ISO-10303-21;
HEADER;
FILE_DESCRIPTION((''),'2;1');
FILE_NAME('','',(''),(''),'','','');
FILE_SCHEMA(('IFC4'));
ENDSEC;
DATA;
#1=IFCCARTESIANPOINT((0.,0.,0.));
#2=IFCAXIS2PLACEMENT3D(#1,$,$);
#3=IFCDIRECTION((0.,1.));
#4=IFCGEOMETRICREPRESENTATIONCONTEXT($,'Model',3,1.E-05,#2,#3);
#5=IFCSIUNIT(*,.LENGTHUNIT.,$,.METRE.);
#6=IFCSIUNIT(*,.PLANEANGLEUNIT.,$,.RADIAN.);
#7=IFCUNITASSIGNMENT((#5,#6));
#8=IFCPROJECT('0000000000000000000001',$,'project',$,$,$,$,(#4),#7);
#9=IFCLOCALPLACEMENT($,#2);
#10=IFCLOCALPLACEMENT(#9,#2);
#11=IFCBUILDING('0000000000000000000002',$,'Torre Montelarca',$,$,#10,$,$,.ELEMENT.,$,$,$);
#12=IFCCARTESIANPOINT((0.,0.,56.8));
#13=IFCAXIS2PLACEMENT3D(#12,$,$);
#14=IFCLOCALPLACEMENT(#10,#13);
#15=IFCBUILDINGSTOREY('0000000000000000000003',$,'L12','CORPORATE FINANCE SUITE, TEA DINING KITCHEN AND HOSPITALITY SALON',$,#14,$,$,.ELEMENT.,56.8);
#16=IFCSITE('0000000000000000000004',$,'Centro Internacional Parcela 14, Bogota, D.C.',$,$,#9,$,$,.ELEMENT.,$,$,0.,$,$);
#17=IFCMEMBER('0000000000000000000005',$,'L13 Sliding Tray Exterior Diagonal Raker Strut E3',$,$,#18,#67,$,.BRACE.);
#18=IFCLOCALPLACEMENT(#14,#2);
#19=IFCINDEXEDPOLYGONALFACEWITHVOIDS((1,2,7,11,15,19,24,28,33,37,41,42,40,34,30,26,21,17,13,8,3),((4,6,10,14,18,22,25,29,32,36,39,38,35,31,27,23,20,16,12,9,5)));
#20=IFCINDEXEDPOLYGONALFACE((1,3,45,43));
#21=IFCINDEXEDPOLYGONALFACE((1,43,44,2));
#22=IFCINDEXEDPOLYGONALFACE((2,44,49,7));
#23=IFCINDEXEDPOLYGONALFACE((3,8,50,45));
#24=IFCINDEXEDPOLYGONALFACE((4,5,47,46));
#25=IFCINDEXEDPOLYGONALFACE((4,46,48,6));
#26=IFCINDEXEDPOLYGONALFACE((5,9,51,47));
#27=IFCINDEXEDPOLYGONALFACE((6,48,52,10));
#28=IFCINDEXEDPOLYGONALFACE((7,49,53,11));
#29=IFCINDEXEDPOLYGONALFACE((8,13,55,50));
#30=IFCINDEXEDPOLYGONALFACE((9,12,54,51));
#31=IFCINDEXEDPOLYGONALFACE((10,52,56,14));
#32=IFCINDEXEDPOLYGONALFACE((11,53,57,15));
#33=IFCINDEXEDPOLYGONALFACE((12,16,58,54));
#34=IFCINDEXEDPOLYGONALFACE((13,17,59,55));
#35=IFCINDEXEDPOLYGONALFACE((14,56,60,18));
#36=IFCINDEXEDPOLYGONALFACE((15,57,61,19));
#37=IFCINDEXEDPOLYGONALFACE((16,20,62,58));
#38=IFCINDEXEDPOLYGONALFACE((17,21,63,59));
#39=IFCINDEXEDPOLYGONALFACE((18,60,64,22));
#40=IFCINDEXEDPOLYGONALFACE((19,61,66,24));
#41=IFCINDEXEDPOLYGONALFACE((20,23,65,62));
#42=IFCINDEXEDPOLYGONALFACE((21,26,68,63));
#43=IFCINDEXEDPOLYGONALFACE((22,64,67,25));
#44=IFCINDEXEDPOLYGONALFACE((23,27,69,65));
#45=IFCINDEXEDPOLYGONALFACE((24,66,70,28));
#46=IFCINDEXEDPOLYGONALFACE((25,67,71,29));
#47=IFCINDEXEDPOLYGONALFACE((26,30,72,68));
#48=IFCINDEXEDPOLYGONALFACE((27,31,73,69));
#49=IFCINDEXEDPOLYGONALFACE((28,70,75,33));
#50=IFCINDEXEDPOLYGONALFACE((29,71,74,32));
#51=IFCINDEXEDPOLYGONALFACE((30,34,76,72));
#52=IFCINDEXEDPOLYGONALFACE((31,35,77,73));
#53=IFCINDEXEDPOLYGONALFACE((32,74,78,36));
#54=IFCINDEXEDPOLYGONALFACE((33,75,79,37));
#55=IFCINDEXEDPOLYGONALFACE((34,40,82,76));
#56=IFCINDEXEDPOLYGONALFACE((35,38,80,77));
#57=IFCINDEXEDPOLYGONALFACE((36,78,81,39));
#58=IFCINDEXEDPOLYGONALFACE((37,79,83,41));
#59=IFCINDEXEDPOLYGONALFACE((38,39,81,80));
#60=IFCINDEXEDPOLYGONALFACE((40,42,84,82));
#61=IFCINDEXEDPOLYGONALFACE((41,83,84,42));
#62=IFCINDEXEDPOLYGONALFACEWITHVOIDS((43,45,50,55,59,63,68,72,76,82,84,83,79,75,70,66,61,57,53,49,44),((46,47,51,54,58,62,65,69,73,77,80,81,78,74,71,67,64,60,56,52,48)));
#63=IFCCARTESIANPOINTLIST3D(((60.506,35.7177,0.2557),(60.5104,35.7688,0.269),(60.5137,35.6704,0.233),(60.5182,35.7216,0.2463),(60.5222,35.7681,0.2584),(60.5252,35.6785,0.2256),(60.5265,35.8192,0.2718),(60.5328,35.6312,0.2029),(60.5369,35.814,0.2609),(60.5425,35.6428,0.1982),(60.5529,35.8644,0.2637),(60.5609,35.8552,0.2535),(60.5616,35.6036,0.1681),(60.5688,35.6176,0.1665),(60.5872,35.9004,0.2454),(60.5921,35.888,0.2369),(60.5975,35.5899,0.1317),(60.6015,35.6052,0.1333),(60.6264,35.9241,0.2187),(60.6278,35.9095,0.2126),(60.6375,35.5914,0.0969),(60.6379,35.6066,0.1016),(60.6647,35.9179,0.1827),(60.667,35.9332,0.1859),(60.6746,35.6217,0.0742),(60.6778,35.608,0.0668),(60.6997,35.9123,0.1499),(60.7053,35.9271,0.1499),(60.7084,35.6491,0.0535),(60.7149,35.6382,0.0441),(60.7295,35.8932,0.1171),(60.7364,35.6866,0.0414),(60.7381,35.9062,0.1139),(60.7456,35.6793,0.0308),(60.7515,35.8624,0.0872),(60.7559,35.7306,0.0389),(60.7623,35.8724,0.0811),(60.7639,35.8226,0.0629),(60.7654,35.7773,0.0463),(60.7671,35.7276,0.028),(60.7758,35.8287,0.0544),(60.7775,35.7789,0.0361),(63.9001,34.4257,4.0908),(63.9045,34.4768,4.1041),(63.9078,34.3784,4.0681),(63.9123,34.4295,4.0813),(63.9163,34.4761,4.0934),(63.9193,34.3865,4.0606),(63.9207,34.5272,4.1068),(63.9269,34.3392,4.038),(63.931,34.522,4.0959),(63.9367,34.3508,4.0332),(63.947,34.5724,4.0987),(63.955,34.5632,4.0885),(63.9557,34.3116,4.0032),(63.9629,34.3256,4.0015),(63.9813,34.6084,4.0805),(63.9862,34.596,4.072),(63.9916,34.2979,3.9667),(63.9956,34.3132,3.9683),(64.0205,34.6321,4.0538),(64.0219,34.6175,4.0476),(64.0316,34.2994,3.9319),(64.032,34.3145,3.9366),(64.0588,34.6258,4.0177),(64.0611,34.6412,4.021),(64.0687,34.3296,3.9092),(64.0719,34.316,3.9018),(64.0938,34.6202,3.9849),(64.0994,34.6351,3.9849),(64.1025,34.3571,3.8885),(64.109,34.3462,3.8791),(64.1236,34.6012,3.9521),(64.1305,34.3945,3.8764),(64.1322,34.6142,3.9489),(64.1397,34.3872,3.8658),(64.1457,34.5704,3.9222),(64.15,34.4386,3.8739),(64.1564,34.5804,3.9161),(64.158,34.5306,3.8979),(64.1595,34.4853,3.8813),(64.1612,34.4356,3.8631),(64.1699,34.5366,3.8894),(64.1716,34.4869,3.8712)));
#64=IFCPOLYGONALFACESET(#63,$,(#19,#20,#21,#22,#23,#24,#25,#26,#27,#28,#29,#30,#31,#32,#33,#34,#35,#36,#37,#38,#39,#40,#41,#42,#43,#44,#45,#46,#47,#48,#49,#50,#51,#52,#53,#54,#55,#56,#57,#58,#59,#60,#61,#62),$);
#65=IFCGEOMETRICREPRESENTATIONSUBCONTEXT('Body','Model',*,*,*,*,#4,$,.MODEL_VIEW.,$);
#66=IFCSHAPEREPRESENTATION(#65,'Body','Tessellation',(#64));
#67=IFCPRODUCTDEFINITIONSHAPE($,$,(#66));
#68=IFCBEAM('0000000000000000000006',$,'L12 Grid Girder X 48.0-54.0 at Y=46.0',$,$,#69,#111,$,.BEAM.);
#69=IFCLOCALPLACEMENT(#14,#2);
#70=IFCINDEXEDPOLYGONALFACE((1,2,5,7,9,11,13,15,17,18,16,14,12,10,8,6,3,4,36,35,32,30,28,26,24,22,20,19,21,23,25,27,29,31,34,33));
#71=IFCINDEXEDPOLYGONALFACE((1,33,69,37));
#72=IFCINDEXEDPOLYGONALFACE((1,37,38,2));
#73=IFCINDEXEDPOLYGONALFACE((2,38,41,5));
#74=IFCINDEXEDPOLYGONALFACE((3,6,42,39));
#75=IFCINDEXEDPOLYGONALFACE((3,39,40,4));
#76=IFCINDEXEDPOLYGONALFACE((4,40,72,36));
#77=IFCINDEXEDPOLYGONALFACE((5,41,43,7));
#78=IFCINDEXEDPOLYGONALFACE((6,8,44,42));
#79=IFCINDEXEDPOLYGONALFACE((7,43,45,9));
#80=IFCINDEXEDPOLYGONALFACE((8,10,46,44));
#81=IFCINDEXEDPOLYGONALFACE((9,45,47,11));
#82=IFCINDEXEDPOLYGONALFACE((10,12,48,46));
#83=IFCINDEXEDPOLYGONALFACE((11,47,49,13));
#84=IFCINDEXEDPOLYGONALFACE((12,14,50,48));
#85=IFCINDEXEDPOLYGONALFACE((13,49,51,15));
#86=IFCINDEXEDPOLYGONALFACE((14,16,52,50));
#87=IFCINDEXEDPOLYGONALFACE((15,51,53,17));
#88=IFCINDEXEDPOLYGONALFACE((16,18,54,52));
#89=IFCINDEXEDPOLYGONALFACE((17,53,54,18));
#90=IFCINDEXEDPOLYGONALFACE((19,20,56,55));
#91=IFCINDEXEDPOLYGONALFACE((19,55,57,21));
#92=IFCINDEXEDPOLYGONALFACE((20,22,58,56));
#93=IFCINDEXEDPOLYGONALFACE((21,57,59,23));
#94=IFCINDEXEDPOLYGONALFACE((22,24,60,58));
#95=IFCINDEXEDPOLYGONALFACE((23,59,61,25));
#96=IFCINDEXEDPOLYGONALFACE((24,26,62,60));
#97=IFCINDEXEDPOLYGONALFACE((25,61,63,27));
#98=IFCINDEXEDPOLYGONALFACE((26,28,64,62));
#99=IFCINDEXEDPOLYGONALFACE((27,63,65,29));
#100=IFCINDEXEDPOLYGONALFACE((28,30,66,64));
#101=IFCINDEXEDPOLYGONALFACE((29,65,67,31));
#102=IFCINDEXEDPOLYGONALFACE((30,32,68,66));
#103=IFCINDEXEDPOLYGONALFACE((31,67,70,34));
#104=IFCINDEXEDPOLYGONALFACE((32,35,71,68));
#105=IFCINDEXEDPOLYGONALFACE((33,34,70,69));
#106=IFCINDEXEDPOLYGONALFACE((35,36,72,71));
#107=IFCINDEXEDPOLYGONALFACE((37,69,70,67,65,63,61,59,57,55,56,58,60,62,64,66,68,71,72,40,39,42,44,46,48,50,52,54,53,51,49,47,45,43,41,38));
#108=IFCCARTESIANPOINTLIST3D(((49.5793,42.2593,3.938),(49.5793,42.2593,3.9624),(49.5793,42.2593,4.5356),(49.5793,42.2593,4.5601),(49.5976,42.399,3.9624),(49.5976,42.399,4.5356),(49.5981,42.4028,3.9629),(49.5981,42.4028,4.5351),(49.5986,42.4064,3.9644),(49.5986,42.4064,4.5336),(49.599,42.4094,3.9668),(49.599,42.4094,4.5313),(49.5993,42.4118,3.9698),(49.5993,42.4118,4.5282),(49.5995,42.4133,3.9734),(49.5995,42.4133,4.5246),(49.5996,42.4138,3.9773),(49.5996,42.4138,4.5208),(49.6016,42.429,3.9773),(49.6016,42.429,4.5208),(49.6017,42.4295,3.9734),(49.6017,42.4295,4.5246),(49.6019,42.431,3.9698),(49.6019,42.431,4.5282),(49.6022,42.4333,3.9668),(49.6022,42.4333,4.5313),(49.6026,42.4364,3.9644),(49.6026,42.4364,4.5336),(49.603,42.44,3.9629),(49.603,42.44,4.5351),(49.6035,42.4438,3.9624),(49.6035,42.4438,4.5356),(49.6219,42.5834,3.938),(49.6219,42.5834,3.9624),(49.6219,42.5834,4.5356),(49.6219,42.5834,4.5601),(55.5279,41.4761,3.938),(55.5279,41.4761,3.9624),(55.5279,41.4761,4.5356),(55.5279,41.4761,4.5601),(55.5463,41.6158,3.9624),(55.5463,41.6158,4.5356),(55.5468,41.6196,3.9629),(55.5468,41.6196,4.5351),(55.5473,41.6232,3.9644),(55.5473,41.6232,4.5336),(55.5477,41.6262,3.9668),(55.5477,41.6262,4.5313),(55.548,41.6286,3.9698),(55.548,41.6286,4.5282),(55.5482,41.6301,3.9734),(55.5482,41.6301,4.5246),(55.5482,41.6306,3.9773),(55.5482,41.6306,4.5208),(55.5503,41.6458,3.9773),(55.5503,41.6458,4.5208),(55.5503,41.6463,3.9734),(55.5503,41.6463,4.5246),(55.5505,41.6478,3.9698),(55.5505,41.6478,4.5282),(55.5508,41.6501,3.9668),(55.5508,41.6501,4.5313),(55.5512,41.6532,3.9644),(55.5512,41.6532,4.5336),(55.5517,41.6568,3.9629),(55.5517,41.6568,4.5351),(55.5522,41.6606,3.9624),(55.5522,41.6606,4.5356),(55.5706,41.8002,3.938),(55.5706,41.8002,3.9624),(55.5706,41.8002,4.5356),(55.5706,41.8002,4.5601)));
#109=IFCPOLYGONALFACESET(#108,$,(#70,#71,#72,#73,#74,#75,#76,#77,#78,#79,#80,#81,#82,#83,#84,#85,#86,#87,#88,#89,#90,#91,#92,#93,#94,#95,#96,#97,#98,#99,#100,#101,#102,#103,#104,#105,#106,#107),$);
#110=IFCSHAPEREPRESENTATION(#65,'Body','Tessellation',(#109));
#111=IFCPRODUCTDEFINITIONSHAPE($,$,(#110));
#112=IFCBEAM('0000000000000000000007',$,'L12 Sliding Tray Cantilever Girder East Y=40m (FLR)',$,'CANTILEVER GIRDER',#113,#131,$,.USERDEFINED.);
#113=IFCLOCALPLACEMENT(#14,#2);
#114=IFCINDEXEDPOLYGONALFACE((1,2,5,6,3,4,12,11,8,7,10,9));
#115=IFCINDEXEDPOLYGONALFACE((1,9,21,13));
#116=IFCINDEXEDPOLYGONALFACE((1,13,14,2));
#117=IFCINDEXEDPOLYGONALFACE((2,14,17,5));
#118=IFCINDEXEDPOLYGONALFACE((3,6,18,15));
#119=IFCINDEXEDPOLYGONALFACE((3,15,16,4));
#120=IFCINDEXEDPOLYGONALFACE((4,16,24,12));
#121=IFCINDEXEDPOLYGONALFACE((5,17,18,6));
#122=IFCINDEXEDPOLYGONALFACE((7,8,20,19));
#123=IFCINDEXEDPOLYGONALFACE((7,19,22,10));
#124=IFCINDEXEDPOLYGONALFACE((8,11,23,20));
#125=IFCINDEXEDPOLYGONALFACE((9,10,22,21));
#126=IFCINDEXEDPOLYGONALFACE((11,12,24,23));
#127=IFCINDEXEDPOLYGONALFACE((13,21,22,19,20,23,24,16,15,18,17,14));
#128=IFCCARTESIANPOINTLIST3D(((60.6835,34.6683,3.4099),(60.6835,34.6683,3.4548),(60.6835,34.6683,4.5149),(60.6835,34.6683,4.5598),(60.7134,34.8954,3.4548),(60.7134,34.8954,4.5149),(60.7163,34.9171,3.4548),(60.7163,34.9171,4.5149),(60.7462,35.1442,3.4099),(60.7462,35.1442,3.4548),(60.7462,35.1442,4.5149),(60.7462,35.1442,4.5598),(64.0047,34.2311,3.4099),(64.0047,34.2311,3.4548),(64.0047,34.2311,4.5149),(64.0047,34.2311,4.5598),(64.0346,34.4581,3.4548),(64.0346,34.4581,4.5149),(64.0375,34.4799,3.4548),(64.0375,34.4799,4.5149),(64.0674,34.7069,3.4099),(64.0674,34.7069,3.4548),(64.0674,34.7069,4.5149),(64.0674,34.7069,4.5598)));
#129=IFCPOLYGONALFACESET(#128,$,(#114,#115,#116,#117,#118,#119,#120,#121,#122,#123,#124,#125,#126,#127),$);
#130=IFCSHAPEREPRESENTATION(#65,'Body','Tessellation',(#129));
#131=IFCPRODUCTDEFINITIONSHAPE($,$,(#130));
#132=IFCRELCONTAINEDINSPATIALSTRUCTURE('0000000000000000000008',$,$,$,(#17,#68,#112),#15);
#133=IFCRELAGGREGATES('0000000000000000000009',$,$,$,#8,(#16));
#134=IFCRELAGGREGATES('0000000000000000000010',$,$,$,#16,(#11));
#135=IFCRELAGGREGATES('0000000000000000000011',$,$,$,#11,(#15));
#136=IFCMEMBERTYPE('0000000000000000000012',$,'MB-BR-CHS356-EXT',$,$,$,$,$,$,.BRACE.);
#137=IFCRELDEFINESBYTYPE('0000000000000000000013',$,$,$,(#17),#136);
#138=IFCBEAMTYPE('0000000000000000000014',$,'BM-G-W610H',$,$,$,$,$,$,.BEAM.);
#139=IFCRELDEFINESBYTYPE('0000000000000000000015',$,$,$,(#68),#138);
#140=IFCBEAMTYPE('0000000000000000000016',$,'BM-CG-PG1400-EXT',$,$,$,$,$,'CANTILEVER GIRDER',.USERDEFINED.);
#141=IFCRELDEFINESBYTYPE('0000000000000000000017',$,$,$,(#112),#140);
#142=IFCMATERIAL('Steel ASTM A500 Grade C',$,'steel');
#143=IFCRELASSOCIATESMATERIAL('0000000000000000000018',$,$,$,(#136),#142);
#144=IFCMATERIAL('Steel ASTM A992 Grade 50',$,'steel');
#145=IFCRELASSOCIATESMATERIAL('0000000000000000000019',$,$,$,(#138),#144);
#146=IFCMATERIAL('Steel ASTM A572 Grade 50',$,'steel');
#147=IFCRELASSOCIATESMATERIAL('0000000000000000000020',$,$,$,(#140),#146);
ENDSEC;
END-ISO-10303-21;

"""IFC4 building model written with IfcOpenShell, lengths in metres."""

from ifc_helpers import new_model, si_unit, direction, frame, origin, origin_2d, place, context, subcontext, project, spatial, hollow_circle, i_section, extrude, source, transform, mapped, material, material_profile, profile_set, type_object, element, save


model = new_model("IFC4")

# Units and contexts
model_context = context("Model", 3, precision=1e-05, world=origin(), true_north=direction((0.0, 1.0)))
body_context = subcontext(model_context, "Body", "Model", "MODEL_VIEW")
ifc_project = project(units=[si_unit("LENGTHUNIT", "METRE"), si_unit("PLANEANGLEUNIT", "RADIAN")], contexts=[model_context])

# Site, building, storey
site_placement = place(None, origin())
site = spatial("IfcSite", under=ifc_project, at=site_placement, Name="Centro Internacional Parcela 14, Bogota, D.C.", CompositionType="ELEMENT", RefElevation=0.0)
building_placement = place(site_placement, origin())
building = spatial("IfcBuilding", under=site, at=building_placement, Name="Torre Montelarca", CompositionType="ELEMENT")
storey_placement = place(building_placement, frame((0.0, 0.0, 56.8)))
storey = spatial("IfcBuildingStorey", under=building, at=storey_placement, Name="L12", Description="CORPORATE FINANCE SUITE, TEA DINING KITCHEN AND HOSPITALITY SALON", CompositionType="ELEMENT", Elevation=56.8)

# Shared definitions
ifc_material_1 = material(Name="Steel ASTM A992 Grade 50", Category="steel")

# Member
ifc_material_2 = material(Name="Steel ASTM A500 Grade C", Category="steel")
ifc_material_profile_1 = material_profile(ifc_material_2, hollow_circle(Radius=0.1777, WallThickness=0.0159, at=origin_2d()), Name="HSS355.6X15.9", Category="steel")
ifc_profile_set_1 = profile_set([ifc_material_profile_1], Name="Steel ASTM A500 Grade C")
member_type_1 = type_object("IfcMemberType", Name="MB-BR-CHS356-EXT", PredefinedType="BRACE", material=ifc_profile_set_1)
shared_shape_1 = source(origin(), body_context, "Body", "SweptSolid", [
    extrude(hollow_circle(Radius=0.1777, WallThickness=0.0159, at=origin_2d()), origin(), (0.0, 0.0, 1.0), 5.2817),
])
member_1_placement = place(storey_placement, frame((60.6421, 35.761, 0.1499), z_axis=(0.642612, -0.24462, 0.726093), x_axis=(0.35576, 0.934577, 0.0)))
element("IfcMember", 1, at=member_1_placement, inside=storey, type_object=member_type_1, Name="L13 Sliding Tray Exterior Diagonal Raker Strut E3", PredefinedType="BRACE", context=body_context, shape_type="MappedRepresentation", body=[
    mapped(shared_shape_1, transform((0.0, 0.0, 0.0), scale=1.0)),
])

# Beams
ifc_material_profile_2 = material_profile(ifc_material_1, i_section(OverallWidth=0.3269, OverallDepth=0.6221, WebThickness=0.0154, FlangeThickness=0.0244, FilletRadius=0.0149, at=origin_2d()), Name="W610X195", Category="steel")
ifc_profile_set_2 = profile_set([ifc_material_profile_2], Name="Steel ASTM A992 Grade 50")
beam_type_1 = type_object("IfcBeamType", Name="BM-G-W610H", PredefinedType="BEAM", material=ifc_profile_set_2)
shared_shape_2 = source(origin(), body_context, "Body", "SweptSolid", [
    extrude(i_section(OverallWidth=0.3269, OverallDepth=0.6221, WebThickness=0.0154, FlangeThickness=0.0244, FilletRadius=0.0149, at=origin_2d()), origin(), (0.0, 0.0, 1.0), 6.0),
])
beam_1_placement = place(storey_placement, frame((49.6006, 42.4214, 4.249), z_axis=(0.991444, -0.130532, 0.0), x_axis=(0.130532, 0.991444, 0.0)))
element("IfcBeam", 2, at=beam_1_placement, inside=storey, type_object=beam_type_1, Name="L12 Grid Girder X 48.0-54.0 at Y=46.0", PredefinedType="BEAM", context=body_context, shape_type="MappedRepresentation", body=[
    mapped(shared_shape_2, transform((0.0, 0.0, 0.0), scale=1.0)),
])
ifc_material_3 = material(Name="Steel ASTM A572 Grade 50", Category="steel")
ifc_material_profile_3 = material_profile(ifc_material_3, i_section(OverallWidth=0.48, OverallDepth=1.1499, WebThickness=0.022, FlangeThickness=0.0449, at=origin_2d()), Name="PG1150X480X22X45", Category="steel")
ifc_profile_set_3 = profile_set([ifc_material_profile_3], Name="Steel ASTM A572 Grade 50")
beam_type_2 = type_object("IfcBeamType", Name="BM-CG-PG1400-EXT", ElementType="CANTILEVER GIRDER", PredefinedType="USERDEFINED", material=ifc_profile_set_3)
shared_shape_3 = source(origin(), body_context, "Body", "SweptSolid", [
    extrude(i_section(OverallWidth=0.48, OverallDepth=1.1499, WebThickness=0.022, FlangeThickness=0.0449, at=origin_2d()), origin(), (0.0, 0.0, 1.0), 3.3499),
])
beam_2_placement = place(storey_placement, frame((60.7148, 34.9062, 3.9849), z_axis=(0.991445, -0.130526, 0.0), x_axis=(0.130526, 0.991445, 0.0)))
element("IfcBeam", 3, at=beam_2_placement, inside=storey, type_object=beam_type_2, Name="L12 Sliding Tray Cantilever Girder East Y=40m (FLR)", ObjectType="CANTILEVER GIRDER", PredefinedType="USERDEFINED", context=body_context, shape_type="MappedRepresentation", body=[
    mapped(shared_shape_3, transform((0.0, 0.0, 0.0), scale=1.0)),
])

save(model, "model.ifc")
